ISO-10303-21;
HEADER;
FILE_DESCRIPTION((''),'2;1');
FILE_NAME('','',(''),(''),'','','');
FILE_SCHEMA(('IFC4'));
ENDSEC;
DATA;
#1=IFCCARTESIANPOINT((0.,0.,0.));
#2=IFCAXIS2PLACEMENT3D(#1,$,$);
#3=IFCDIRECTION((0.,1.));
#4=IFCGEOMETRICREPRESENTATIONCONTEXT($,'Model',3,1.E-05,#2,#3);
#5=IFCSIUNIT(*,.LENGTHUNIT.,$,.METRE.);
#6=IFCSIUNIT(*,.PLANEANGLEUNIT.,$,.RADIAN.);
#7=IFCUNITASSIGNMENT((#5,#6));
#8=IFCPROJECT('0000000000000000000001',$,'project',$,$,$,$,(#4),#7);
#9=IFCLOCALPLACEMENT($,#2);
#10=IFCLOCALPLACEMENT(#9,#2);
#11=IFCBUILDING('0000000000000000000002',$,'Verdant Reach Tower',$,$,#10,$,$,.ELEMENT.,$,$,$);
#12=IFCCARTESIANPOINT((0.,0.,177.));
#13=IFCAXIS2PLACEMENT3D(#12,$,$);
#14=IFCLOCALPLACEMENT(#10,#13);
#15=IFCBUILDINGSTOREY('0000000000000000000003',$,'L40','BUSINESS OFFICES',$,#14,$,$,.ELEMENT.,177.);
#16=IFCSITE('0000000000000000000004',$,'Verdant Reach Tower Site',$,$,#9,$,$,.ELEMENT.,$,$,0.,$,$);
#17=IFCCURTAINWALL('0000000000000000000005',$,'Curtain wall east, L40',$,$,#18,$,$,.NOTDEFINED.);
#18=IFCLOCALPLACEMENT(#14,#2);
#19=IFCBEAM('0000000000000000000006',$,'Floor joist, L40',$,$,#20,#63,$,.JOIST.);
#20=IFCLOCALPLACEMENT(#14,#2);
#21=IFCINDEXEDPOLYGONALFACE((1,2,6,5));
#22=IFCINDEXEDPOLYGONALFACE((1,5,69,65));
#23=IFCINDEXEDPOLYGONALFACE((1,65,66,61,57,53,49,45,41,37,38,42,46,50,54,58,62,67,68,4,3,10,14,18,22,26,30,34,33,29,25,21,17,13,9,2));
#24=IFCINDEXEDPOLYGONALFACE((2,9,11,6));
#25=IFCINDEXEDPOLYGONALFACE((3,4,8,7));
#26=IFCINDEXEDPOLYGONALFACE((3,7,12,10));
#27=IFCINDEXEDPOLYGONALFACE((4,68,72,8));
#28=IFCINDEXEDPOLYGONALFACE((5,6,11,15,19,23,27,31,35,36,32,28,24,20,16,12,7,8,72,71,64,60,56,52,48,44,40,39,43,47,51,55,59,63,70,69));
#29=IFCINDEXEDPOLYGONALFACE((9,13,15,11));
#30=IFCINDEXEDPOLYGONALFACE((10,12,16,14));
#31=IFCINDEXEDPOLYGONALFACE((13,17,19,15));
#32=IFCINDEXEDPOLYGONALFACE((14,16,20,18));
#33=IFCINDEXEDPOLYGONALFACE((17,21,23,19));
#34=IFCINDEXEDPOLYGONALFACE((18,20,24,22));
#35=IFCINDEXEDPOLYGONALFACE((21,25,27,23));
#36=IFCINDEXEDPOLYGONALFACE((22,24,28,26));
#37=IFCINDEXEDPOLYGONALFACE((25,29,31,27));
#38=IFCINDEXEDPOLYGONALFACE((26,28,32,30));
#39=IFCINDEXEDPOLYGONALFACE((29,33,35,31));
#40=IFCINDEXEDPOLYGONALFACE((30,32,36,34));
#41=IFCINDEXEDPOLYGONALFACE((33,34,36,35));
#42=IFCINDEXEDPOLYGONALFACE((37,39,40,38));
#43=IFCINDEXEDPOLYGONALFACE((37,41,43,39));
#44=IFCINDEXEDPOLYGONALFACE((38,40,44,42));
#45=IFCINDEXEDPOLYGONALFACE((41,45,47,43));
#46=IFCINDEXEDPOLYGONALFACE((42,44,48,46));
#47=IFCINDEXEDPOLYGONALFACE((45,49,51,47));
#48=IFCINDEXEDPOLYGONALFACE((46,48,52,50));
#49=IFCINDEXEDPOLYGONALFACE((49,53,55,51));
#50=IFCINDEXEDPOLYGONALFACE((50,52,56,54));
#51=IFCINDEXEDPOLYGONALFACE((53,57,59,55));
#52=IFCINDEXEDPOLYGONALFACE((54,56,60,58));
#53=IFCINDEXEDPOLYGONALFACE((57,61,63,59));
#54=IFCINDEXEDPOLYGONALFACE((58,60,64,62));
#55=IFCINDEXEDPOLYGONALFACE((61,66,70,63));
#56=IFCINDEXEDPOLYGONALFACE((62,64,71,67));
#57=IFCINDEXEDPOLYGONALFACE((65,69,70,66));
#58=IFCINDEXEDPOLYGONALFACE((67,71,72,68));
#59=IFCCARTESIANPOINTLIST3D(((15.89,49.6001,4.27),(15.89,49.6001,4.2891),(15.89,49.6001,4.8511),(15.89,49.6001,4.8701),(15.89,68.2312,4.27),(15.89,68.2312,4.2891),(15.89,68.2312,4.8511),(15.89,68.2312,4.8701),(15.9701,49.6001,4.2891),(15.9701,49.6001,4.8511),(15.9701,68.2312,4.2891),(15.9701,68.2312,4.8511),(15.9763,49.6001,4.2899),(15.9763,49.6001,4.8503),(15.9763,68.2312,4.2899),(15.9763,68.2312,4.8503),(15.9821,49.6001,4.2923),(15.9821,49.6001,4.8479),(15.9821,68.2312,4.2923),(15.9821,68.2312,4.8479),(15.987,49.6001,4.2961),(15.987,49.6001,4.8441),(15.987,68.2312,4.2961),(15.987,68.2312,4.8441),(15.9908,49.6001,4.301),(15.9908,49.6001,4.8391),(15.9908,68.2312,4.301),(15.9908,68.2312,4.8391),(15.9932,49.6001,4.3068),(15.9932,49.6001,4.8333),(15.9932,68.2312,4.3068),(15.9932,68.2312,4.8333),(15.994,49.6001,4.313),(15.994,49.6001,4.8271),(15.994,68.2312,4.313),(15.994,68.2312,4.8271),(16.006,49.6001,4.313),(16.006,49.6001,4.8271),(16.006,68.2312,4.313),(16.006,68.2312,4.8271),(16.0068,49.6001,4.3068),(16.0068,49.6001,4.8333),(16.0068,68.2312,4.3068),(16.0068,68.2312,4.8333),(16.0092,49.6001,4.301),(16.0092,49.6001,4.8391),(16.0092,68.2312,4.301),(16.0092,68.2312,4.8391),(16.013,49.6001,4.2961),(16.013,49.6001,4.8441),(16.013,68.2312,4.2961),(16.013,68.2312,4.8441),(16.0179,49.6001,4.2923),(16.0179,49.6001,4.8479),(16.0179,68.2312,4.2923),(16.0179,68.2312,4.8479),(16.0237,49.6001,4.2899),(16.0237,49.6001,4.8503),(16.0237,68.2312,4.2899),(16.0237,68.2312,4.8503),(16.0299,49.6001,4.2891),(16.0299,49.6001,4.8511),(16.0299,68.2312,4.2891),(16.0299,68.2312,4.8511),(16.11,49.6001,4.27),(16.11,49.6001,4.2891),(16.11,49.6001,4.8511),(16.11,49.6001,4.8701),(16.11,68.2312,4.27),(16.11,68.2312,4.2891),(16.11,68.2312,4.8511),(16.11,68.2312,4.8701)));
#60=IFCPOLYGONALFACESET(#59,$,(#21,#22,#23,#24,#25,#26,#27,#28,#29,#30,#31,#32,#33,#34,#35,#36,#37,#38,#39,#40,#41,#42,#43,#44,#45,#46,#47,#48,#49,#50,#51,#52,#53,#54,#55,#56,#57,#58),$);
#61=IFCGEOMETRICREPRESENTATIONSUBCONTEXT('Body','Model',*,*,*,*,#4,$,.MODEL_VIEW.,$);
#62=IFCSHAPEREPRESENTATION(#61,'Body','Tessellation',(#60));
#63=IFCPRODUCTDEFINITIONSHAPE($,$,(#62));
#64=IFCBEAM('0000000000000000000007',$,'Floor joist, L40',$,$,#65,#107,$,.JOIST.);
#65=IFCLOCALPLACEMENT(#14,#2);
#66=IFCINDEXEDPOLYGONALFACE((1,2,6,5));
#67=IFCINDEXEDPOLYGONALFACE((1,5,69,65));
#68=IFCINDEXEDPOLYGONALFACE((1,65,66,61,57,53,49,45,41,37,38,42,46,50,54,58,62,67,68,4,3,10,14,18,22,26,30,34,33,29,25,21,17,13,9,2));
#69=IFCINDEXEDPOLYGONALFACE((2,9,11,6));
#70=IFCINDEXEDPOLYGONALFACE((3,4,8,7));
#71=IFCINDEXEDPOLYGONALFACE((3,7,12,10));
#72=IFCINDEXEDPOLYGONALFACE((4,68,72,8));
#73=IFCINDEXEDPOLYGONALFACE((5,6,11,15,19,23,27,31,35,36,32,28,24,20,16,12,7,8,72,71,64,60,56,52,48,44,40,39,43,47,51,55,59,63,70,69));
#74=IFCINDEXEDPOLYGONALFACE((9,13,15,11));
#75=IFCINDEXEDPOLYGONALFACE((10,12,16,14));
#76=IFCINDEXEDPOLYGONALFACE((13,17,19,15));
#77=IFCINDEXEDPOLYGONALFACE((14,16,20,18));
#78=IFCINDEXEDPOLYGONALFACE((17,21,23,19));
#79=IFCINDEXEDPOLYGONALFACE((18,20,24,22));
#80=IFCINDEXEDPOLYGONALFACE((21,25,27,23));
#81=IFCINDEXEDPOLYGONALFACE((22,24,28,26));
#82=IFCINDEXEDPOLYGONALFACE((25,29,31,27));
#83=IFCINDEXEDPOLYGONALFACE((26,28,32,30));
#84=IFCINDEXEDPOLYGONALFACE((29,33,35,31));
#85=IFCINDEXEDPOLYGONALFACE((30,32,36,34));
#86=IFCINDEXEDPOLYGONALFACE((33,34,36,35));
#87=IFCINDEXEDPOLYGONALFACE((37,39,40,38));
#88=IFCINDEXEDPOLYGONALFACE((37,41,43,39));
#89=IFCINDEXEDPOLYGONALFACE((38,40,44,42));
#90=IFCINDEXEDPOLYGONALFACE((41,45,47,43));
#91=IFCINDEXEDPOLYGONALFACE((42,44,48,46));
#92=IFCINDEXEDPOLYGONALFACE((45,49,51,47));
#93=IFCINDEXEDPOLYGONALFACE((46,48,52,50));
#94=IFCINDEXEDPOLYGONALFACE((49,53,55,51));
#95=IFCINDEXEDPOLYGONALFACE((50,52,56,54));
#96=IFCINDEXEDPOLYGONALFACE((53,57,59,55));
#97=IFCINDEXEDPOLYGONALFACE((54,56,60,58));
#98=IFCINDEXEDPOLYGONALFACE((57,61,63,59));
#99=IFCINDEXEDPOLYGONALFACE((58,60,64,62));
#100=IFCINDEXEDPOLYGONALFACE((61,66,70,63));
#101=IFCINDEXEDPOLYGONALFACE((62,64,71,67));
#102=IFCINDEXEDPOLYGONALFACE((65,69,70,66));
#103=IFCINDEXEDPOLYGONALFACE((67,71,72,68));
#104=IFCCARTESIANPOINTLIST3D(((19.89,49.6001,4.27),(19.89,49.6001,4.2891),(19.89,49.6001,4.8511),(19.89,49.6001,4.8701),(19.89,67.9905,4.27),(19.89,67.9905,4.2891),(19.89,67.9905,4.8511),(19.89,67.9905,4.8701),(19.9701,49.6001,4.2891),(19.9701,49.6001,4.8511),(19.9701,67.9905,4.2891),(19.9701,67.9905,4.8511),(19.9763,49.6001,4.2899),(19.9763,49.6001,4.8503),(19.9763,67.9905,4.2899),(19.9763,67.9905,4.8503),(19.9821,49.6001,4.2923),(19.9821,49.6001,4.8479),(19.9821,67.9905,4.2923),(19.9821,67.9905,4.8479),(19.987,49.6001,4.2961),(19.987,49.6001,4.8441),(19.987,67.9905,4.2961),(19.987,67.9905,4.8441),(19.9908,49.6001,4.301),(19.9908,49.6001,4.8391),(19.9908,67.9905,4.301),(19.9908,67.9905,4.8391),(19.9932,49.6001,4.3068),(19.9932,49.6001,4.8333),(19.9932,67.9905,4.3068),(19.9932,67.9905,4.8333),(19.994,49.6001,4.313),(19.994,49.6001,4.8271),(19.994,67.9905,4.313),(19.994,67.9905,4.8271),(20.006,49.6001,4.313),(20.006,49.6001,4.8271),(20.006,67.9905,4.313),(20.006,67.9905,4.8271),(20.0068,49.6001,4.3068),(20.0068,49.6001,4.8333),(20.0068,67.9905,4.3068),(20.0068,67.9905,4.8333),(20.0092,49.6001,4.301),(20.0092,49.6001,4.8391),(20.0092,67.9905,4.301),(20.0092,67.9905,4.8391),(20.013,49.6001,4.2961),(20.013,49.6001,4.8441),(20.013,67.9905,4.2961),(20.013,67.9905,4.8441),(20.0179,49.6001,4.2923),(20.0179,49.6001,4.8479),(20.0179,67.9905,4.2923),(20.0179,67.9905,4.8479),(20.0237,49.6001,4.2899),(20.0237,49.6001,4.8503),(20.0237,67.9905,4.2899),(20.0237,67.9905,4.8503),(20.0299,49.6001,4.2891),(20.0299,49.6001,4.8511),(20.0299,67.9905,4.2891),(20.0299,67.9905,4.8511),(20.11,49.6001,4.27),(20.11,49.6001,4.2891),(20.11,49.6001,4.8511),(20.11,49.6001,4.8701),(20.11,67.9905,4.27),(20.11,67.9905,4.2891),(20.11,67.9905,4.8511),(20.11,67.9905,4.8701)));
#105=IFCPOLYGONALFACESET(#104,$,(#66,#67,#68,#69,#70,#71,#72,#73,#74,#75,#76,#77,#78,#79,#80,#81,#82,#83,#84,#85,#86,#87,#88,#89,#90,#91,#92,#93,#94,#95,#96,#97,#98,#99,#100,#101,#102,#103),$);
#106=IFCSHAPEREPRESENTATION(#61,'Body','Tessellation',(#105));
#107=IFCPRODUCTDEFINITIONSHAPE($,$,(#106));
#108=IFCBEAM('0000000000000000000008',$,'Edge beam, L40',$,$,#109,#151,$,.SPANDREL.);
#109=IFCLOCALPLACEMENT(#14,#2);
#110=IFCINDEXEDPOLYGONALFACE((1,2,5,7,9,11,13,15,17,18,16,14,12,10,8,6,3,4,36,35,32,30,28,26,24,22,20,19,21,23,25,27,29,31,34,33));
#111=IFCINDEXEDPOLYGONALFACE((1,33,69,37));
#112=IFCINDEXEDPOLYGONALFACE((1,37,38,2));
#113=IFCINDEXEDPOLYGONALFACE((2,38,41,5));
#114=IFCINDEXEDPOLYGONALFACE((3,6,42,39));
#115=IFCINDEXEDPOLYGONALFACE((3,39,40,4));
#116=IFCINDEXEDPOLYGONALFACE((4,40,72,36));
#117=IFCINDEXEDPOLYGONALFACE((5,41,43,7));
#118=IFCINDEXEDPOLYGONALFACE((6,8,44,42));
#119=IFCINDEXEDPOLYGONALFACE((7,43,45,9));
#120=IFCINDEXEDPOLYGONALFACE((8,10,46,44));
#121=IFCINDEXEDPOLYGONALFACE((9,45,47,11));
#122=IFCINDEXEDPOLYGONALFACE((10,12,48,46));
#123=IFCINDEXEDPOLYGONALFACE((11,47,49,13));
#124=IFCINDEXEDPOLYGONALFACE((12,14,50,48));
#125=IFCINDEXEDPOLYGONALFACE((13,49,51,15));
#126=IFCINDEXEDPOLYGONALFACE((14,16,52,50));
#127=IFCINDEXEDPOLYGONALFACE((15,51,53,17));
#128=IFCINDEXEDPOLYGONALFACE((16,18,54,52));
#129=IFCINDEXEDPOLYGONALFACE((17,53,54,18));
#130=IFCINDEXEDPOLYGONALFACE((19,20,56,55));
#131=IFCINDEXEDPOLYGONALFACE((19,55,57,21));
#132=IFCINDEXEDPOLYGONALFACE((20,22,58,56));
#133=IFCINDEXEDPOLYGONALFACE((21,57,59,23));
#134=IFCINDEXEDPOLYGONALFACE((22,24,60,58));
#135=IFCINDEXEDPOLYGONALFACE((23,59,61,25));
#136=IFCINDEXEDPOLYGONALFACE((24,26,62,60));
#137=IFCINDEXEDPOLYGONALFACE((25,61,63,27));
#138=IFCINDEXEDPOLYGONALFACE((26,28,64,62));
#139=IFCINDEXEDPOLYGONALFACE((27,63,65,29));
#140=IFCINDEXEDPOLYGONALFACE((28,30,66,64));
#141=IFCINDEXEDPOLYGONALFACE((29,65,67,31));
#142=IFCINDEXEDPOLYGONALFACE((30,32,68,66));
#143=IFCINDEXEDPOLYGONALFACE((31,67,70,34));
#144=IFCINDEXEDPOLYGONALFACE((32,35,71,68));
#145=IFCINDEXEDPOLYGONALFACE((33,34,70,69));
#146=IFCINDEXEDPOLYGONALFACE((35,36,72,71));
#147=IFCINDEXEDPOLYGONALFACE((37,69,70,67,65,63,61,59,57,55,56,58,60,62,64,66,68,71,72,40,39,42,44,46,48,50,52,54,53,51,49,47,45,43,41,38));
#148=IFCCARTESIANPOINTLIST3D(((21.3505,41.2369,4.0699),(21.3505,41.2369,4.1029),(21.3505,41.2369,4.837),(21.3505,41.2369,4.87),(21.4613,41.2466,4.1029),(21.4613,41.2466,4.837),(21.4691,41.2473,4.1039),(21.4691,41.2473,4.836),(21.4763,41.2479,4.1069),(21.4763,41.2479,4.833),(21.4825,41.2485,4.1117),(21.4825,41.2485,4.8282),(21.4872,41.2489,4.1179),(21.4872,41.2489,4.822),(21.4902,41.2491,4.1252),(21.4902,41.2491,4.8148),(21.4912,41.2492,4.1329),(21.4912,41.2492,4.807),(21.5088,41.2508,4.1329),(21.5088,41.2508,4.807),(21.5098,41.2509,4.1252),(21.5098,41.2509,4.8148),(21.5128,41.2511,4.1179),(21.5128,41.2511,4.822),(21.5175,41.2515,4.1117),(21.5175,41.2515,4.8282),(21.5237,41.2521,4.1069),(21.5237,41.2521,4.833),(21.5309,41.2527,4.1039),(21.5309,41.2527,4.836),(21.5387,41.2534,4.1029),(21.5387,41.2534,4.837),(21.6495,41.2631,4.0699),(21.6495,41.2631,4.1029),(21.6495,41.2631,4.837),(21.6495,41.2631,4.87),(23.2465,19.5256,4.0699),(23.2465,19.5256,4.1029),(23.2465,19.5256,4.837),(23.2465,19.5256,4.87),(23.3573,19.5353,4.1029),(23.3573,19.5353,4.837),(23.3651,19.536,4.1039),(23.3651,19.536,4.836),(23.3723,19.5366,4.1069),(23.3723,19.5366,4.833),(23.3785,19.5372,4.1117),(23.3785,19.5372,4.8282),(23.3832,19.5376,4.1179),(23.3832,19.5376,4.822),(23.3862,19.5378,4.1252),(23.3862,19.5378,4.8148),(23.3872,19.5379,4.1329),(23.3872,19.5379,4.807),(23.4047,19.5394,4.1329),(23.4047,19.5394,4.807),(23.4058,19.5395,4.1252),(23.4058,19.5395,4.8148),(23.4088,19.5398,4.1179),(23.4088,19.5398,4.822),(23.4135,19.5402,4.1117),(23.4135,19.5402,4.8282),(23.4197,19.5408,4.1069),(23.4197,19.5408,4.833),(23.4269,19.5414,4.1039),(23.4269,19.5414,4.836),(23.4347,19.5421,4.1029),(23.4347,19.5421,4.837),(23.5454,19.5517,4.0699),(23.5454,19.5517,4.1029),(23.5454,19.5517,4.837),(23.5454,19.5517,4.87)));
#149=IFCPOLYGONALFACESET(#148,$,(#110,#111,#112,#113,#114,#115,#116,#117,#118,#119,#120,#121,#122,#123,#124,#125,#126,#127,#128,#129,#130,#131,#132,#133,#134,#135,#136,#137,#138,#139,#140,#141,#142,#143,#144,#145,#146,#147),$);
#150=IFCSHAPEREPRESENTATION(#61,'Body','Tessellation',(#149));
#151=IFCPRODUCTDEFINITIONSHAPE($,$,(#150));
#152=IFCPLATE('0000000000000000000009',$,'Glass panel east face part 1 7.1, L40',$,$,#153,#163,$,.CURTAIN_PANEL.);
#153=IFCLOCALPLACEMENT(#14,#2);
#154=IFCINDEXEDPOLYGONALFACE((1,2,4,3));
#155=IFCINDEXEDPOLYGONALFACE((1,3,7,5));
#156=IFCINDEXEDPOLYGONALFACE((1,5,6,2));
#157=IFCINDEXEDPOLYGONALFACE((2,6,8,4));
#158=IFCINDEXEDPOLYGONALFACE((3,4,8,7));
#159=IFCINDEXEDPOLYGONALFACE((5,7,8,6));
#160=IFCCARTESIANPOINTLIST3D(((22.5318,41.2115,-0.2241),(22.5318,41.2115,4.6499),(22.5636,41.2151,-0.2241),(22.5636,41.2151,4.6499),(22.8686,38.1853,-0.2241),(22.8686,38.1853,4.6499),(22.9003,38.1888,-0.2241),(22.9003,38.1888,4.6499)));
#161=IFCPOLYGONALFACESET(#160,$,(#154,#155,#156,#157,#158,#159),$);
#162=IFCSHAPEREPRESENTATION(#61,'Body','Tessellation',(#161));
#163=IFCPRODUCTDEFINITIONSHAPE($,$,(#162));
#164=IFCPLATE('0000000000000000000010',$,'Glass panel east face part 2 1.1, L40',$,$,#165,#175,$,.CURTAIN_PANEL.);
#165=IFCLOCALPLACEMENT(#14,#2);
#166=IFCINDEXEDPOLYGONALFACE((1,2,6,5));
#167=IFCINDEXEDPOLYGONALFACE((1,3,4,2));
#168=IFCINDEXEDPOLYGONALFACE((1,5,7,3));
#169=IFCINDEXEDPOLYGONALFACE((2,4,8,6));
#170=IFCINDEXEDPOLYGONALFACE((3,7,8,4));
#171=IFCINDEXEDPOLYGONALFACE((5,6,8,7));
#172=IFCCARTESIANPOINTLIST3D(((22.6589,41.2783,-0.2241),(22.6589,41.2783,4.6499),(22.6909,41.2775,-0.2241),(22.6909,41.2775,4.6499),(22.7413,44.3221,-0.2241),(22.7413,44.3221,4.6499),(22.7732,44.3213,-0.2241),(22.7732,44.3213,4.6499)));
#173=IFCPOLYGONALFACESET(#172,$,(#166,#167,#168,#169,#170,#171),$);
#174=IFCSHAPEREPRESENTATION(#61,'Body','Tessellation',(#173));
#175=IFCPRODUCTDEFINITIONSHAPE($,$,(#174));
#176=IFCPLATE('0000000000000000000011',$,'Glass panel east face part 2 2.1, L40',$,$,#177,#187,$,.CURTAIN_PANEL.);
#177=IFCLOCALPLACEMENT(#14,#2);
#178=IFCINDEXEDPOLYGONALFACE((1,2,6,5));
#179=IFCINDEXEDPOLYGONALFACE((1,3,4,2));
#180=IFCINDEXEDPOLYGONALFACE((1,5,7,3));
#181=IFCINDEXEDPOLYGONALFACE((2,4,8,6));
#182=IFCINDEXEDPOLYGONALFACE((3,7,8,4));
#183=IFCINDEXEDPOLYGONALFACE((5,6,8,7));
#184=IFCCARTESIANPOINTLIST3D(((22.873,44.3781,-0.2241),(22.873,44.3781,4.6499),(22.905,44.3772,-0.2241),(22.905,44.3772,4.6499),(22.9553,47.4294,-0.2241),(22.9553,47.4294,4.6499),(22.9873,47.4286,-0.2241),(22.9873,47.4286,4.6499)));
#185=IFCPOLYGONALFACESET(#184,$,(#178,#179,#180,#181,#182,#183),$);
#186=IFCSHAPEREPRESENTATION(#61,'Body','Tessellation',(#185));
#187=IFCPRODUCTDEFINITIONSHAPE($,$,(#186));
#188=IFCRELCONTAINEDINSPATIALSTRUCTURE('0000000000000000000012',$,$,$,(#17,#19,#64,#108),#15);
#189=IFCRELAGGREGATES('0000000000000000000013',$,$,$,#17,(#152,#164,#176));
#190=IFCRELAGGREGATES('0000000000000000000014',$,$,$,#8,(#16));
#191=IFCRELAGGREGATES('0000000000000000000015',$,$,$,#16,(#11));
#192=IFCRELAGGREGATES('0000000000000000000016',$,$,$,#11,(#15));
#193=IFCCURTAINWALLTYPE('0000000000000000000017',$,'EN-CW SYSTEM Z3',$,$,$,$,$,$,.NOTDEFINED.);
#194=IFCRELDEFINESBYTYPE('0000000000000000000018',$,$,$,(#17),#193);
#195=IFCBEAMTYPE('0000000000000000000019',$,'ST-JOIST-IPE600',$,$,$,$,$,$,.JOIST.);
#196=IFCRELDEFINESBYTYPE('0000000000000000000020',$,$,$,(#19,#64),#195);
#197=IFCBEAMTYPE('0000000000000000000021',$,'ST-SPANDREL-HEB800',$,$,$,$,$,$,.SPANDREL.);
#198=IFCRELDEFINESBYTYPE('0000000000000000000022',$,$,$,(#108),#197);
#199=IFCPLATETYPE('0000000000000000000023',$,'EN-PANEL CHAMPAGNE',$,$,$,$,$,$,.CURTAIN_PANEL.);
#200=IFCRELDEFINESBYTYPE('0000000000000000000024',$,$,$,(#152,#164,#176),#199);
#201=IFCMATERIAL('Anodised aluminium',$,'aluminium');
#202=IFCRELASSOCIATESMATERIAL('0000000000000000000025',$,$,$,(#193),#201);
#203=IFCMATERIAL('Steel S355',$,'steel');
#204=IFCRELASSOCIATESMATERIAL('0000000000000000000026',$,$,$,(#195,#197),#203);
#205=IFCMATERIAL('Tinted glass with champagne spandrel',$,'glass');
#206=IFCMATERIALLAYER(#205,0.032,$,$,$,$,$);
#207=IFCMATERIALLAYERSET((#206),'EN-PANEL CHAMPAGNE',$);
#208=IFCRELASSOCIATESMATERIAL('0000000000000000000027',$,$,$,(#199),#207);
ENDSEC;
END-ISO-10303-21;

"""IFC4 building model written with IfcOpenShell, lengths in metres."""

from ifc_helpers import new_model, si_unit, direction, frame, origin, origin_2d, place, context, subcontext, project, spatial, rectangle, i_section, extrude, material, layer, layer_set, material_profile, profile_set, type_object, element, aggregate, save


model = new_model("IFC4")

# Units and contexts
model_context = context("Model", 3, precision=1e-05, world=origin(), true_north=direction((0.0, 1.0)))
body_context = subcontext(model_context, "Body", "Model", "MODEL_VIEW")
ifc_project = project(units=[si_unit("LENGTHUNIT", "METRE"), si_unit("PLANEANGLEUNIT", "RADIAN")], contexts=[model_context])

# Site, building, storey
site_placement = place(None, origin())
site = spatial("IfcSite", under=ifc_project, at=site_placement, Name="Verdant Reach Tower Site", CompositionType="ELEMENT", RefElevation=0.0)
building_placement = place(site_placement, origin())
building = spatial("IfcBuilding", under=site, at=building_placement, Name="Verdant Reach Tower", CompositionType="ELEMENT")
storey_placement = place(building_placement, frame((0.0, 0.0, 177.0)))
storey = spatial("IfcBuildingStorey", under=building, at=storey_placement, Name="L40", Description="BUSINESS OFFICES", CompositionType="ELEMENT", Elevation=177.0)

# Curtain wall
ifc_material_1 = material(Name="Anodised aluminium", Category="aluminium")
curtain_wall_type = type_object("IfcCurtainWallType", Name="EN-CW SYSTEM Z3", PredefinedType="NOTDEFINED", material=ifc_material_1)
curtain_wall_placement = place(storey_placement, origin())
curtain_wall = element("IfcCurtainWall", 1, at=curtain_wall_placement, inside=storey, type_object=curtain_wall_type, Name="Curtain wall east, L40", PredefinedType="NOTDEFINED")

# Beams
ifc_material_2 = material(Name="Steel S355", Category="steel")
ifc_material_profile_1 = material_profile(ifc_material_2, i_section(OverallWidth=0.22, OverallDepth=0.6001, WebThickness=0.012, FlangeThickness=0.019, FilletRadius=0.0239, at=origin_2d()), Name="IPE 600")
ifc_profile_set_1 = profile_set([ifc_material_profile_1], Name="Steel S355")
beam_type_1 = type_object("IfcBeamType", Name="ST-JOIST-IPE600", PredefinedType="JOIST", material=ifc_profile_set_1)
beam_1_placement = place(storey_placement, frame((16.0, 49.6001, 4.5701), z_axis=(0.0, 1.0, 0.0), x_axis=(-1.0, 0.0, 0.0)))
element("IfcBeam", 2, at=beam_1_placement, inside=storey, type_object=beam_type_1, Name="Floor joist, L40", PredefinedType="JOIST", context=body_context, shape_type="SweptSolid", body=[
    extrude(i_section(OverallWidth=0.22, OverallDepth=0.6001, WebThickness=0.012, FlangeThickness=0.019, FilletRadius=0.0239, at=origin_2d()), origin(), (0.0, 0.0, 1.0), 18.6311),
])
beam_2_placement = place(storey_placement, frame((20.0, 49.6001, 4.5701), z_axis=(0.0, 1.0, 0.0), x_axis=(-1.0, 0.0, 0.0)))
element("IfcBeam", 3, at=beam_2_placement, inside=storey, type_object=beam_type_1, Name="Floor joist, L40", PredefinedType="JOIST", context=body_context, shape_type="SweptSolid", body=[
    extrude(i_section(OverallWidth=0.22, OverallDepth=0.6001, WebThickness=0.012, FlangeThickness=0.019, FilletRadius=0.0239, at=origin_2d()), origin(), (0.0, 0.0, 1.0), 18.3904),
])
ifc_material_profile_2 = material_profile(ifc_material_2, i_section(OverallWidth=0.3, OverallDepth=0.8, WebThickness=0.0176, FlangeThickness=0.033, FilletRadius=0.03, at=origin_2d()), Name="HEB 800")
ifc_profile_set_2 = profile_set([ifc_material_profile_2], Name="Steel S355")
beam_type_2 = type_object("IfcBeamType", Name="ST-SPANDREL-HEB800", PredefinedType="SPANDREL", material=ifc_profile_set_2)
beam_3_placement = place(storey_placement, frame((21.5, 41.25, 4.47), z_axis=(0.086996, -0.996209, 0.0), x_axis=(0.996209, 0.086996, 0.0)))
element("IfcBeam", 4, at=beam_3_placement, inside=storey, type_object=beam_type_2, Name="Edge beam, L40", PredefinedType="SPANDREL", context=body_context, shape_type="SweptSolid", body=[
    extrude(i_section(OverallWidth=0.3, OverallDepth=0.8, WebThickness=0.0176, FlangeThickness=0.033, FilletRadius=0.03, at=origin_2d()), origin(), (0.0, 0.0, 1.0), 21.7939),
])

# Plates
ifc_material_3 = material(Name="Tinted glass with champagne spandrel", Category="glass")
ifc_layer_1 = layer(ifc_material_3, 0.032)
ifc_layer_set_1 = layer_set([ifc_layer_1], Name="EN-PANEL CHAMPAGNE")
plate_type_1 = type_object("IfcPlateType", Name="EN-PANEL CHAMPAGNE", PredefinedType="CURTAIN_PANEL", material=ifc_layer_set_1)
plate_1_placement = place(storey_placement, frame((22.7161, 39.7002, -0.2241), z_axis=(0.0, 0.0, 1.0), x_axis=(-0.110601, 0.993865, 0.0)))
plate_1 = element("IfcPlate", 5, at=plate_1_placement, type_object=plate_type_1, Name="Glass panel east face part 1 7.1, L40", PredefinedType="CURTAIN_PANEL", context=body_context, shape_type="SweptSolid", body=[
    extrude(rectangle(XDim=3.0449, YDim=0.032, at=origin_2d()), origin(), (0.0, 0.0, 1.0), 4.874),
])
plate_2_placement = place(storey_placement, frame((22.7161, 42.7998, -0.2241), z_axis=(0.0, 0.0, 1.0), x_axis=(0.027048, 0.999634, 0.0)))
plate_2 = element("IfcPlate", 6, at=plate_2_placement, type_object=plate_type_1, Name="Glass panel east face part 2 1.1, L40", PredefinedType="CURTAIN_PANEL", context=body_context, shape_type="SweptSolid", body=[
    extrude(rectangle(XDim=3.0449, YDim=0.032, at=origin_2d()), origin(), (0.0, 0.0, 1.0), 4.874),
])
plate_3_placement = place(storey_placement, frame((22.9302, 45.9033, -0.2241), z_axis=(0.0, 0.0, 1.0), x_axis=(0.026965, 0.999636, 0.0)))
plate_3 = element("IfcPlate", 7, at=plate_3_placement, type_object=plate_type_1, Name="Glass panel east face part 2 2.1, L40", PredefinedType="CURTAIN_PANEL", context=body_context, shape_type="SweptSolid", body=[
    extrude(rectangle(XDim=3.0525, YDim=0.032, at=origin_2d()), origin(), (0.0, 0.0, 1.0), 4.874),
])
aggregate(curtain_wall, [plate_1, plate_2, plate_3])

save(model, "model.ifc")
